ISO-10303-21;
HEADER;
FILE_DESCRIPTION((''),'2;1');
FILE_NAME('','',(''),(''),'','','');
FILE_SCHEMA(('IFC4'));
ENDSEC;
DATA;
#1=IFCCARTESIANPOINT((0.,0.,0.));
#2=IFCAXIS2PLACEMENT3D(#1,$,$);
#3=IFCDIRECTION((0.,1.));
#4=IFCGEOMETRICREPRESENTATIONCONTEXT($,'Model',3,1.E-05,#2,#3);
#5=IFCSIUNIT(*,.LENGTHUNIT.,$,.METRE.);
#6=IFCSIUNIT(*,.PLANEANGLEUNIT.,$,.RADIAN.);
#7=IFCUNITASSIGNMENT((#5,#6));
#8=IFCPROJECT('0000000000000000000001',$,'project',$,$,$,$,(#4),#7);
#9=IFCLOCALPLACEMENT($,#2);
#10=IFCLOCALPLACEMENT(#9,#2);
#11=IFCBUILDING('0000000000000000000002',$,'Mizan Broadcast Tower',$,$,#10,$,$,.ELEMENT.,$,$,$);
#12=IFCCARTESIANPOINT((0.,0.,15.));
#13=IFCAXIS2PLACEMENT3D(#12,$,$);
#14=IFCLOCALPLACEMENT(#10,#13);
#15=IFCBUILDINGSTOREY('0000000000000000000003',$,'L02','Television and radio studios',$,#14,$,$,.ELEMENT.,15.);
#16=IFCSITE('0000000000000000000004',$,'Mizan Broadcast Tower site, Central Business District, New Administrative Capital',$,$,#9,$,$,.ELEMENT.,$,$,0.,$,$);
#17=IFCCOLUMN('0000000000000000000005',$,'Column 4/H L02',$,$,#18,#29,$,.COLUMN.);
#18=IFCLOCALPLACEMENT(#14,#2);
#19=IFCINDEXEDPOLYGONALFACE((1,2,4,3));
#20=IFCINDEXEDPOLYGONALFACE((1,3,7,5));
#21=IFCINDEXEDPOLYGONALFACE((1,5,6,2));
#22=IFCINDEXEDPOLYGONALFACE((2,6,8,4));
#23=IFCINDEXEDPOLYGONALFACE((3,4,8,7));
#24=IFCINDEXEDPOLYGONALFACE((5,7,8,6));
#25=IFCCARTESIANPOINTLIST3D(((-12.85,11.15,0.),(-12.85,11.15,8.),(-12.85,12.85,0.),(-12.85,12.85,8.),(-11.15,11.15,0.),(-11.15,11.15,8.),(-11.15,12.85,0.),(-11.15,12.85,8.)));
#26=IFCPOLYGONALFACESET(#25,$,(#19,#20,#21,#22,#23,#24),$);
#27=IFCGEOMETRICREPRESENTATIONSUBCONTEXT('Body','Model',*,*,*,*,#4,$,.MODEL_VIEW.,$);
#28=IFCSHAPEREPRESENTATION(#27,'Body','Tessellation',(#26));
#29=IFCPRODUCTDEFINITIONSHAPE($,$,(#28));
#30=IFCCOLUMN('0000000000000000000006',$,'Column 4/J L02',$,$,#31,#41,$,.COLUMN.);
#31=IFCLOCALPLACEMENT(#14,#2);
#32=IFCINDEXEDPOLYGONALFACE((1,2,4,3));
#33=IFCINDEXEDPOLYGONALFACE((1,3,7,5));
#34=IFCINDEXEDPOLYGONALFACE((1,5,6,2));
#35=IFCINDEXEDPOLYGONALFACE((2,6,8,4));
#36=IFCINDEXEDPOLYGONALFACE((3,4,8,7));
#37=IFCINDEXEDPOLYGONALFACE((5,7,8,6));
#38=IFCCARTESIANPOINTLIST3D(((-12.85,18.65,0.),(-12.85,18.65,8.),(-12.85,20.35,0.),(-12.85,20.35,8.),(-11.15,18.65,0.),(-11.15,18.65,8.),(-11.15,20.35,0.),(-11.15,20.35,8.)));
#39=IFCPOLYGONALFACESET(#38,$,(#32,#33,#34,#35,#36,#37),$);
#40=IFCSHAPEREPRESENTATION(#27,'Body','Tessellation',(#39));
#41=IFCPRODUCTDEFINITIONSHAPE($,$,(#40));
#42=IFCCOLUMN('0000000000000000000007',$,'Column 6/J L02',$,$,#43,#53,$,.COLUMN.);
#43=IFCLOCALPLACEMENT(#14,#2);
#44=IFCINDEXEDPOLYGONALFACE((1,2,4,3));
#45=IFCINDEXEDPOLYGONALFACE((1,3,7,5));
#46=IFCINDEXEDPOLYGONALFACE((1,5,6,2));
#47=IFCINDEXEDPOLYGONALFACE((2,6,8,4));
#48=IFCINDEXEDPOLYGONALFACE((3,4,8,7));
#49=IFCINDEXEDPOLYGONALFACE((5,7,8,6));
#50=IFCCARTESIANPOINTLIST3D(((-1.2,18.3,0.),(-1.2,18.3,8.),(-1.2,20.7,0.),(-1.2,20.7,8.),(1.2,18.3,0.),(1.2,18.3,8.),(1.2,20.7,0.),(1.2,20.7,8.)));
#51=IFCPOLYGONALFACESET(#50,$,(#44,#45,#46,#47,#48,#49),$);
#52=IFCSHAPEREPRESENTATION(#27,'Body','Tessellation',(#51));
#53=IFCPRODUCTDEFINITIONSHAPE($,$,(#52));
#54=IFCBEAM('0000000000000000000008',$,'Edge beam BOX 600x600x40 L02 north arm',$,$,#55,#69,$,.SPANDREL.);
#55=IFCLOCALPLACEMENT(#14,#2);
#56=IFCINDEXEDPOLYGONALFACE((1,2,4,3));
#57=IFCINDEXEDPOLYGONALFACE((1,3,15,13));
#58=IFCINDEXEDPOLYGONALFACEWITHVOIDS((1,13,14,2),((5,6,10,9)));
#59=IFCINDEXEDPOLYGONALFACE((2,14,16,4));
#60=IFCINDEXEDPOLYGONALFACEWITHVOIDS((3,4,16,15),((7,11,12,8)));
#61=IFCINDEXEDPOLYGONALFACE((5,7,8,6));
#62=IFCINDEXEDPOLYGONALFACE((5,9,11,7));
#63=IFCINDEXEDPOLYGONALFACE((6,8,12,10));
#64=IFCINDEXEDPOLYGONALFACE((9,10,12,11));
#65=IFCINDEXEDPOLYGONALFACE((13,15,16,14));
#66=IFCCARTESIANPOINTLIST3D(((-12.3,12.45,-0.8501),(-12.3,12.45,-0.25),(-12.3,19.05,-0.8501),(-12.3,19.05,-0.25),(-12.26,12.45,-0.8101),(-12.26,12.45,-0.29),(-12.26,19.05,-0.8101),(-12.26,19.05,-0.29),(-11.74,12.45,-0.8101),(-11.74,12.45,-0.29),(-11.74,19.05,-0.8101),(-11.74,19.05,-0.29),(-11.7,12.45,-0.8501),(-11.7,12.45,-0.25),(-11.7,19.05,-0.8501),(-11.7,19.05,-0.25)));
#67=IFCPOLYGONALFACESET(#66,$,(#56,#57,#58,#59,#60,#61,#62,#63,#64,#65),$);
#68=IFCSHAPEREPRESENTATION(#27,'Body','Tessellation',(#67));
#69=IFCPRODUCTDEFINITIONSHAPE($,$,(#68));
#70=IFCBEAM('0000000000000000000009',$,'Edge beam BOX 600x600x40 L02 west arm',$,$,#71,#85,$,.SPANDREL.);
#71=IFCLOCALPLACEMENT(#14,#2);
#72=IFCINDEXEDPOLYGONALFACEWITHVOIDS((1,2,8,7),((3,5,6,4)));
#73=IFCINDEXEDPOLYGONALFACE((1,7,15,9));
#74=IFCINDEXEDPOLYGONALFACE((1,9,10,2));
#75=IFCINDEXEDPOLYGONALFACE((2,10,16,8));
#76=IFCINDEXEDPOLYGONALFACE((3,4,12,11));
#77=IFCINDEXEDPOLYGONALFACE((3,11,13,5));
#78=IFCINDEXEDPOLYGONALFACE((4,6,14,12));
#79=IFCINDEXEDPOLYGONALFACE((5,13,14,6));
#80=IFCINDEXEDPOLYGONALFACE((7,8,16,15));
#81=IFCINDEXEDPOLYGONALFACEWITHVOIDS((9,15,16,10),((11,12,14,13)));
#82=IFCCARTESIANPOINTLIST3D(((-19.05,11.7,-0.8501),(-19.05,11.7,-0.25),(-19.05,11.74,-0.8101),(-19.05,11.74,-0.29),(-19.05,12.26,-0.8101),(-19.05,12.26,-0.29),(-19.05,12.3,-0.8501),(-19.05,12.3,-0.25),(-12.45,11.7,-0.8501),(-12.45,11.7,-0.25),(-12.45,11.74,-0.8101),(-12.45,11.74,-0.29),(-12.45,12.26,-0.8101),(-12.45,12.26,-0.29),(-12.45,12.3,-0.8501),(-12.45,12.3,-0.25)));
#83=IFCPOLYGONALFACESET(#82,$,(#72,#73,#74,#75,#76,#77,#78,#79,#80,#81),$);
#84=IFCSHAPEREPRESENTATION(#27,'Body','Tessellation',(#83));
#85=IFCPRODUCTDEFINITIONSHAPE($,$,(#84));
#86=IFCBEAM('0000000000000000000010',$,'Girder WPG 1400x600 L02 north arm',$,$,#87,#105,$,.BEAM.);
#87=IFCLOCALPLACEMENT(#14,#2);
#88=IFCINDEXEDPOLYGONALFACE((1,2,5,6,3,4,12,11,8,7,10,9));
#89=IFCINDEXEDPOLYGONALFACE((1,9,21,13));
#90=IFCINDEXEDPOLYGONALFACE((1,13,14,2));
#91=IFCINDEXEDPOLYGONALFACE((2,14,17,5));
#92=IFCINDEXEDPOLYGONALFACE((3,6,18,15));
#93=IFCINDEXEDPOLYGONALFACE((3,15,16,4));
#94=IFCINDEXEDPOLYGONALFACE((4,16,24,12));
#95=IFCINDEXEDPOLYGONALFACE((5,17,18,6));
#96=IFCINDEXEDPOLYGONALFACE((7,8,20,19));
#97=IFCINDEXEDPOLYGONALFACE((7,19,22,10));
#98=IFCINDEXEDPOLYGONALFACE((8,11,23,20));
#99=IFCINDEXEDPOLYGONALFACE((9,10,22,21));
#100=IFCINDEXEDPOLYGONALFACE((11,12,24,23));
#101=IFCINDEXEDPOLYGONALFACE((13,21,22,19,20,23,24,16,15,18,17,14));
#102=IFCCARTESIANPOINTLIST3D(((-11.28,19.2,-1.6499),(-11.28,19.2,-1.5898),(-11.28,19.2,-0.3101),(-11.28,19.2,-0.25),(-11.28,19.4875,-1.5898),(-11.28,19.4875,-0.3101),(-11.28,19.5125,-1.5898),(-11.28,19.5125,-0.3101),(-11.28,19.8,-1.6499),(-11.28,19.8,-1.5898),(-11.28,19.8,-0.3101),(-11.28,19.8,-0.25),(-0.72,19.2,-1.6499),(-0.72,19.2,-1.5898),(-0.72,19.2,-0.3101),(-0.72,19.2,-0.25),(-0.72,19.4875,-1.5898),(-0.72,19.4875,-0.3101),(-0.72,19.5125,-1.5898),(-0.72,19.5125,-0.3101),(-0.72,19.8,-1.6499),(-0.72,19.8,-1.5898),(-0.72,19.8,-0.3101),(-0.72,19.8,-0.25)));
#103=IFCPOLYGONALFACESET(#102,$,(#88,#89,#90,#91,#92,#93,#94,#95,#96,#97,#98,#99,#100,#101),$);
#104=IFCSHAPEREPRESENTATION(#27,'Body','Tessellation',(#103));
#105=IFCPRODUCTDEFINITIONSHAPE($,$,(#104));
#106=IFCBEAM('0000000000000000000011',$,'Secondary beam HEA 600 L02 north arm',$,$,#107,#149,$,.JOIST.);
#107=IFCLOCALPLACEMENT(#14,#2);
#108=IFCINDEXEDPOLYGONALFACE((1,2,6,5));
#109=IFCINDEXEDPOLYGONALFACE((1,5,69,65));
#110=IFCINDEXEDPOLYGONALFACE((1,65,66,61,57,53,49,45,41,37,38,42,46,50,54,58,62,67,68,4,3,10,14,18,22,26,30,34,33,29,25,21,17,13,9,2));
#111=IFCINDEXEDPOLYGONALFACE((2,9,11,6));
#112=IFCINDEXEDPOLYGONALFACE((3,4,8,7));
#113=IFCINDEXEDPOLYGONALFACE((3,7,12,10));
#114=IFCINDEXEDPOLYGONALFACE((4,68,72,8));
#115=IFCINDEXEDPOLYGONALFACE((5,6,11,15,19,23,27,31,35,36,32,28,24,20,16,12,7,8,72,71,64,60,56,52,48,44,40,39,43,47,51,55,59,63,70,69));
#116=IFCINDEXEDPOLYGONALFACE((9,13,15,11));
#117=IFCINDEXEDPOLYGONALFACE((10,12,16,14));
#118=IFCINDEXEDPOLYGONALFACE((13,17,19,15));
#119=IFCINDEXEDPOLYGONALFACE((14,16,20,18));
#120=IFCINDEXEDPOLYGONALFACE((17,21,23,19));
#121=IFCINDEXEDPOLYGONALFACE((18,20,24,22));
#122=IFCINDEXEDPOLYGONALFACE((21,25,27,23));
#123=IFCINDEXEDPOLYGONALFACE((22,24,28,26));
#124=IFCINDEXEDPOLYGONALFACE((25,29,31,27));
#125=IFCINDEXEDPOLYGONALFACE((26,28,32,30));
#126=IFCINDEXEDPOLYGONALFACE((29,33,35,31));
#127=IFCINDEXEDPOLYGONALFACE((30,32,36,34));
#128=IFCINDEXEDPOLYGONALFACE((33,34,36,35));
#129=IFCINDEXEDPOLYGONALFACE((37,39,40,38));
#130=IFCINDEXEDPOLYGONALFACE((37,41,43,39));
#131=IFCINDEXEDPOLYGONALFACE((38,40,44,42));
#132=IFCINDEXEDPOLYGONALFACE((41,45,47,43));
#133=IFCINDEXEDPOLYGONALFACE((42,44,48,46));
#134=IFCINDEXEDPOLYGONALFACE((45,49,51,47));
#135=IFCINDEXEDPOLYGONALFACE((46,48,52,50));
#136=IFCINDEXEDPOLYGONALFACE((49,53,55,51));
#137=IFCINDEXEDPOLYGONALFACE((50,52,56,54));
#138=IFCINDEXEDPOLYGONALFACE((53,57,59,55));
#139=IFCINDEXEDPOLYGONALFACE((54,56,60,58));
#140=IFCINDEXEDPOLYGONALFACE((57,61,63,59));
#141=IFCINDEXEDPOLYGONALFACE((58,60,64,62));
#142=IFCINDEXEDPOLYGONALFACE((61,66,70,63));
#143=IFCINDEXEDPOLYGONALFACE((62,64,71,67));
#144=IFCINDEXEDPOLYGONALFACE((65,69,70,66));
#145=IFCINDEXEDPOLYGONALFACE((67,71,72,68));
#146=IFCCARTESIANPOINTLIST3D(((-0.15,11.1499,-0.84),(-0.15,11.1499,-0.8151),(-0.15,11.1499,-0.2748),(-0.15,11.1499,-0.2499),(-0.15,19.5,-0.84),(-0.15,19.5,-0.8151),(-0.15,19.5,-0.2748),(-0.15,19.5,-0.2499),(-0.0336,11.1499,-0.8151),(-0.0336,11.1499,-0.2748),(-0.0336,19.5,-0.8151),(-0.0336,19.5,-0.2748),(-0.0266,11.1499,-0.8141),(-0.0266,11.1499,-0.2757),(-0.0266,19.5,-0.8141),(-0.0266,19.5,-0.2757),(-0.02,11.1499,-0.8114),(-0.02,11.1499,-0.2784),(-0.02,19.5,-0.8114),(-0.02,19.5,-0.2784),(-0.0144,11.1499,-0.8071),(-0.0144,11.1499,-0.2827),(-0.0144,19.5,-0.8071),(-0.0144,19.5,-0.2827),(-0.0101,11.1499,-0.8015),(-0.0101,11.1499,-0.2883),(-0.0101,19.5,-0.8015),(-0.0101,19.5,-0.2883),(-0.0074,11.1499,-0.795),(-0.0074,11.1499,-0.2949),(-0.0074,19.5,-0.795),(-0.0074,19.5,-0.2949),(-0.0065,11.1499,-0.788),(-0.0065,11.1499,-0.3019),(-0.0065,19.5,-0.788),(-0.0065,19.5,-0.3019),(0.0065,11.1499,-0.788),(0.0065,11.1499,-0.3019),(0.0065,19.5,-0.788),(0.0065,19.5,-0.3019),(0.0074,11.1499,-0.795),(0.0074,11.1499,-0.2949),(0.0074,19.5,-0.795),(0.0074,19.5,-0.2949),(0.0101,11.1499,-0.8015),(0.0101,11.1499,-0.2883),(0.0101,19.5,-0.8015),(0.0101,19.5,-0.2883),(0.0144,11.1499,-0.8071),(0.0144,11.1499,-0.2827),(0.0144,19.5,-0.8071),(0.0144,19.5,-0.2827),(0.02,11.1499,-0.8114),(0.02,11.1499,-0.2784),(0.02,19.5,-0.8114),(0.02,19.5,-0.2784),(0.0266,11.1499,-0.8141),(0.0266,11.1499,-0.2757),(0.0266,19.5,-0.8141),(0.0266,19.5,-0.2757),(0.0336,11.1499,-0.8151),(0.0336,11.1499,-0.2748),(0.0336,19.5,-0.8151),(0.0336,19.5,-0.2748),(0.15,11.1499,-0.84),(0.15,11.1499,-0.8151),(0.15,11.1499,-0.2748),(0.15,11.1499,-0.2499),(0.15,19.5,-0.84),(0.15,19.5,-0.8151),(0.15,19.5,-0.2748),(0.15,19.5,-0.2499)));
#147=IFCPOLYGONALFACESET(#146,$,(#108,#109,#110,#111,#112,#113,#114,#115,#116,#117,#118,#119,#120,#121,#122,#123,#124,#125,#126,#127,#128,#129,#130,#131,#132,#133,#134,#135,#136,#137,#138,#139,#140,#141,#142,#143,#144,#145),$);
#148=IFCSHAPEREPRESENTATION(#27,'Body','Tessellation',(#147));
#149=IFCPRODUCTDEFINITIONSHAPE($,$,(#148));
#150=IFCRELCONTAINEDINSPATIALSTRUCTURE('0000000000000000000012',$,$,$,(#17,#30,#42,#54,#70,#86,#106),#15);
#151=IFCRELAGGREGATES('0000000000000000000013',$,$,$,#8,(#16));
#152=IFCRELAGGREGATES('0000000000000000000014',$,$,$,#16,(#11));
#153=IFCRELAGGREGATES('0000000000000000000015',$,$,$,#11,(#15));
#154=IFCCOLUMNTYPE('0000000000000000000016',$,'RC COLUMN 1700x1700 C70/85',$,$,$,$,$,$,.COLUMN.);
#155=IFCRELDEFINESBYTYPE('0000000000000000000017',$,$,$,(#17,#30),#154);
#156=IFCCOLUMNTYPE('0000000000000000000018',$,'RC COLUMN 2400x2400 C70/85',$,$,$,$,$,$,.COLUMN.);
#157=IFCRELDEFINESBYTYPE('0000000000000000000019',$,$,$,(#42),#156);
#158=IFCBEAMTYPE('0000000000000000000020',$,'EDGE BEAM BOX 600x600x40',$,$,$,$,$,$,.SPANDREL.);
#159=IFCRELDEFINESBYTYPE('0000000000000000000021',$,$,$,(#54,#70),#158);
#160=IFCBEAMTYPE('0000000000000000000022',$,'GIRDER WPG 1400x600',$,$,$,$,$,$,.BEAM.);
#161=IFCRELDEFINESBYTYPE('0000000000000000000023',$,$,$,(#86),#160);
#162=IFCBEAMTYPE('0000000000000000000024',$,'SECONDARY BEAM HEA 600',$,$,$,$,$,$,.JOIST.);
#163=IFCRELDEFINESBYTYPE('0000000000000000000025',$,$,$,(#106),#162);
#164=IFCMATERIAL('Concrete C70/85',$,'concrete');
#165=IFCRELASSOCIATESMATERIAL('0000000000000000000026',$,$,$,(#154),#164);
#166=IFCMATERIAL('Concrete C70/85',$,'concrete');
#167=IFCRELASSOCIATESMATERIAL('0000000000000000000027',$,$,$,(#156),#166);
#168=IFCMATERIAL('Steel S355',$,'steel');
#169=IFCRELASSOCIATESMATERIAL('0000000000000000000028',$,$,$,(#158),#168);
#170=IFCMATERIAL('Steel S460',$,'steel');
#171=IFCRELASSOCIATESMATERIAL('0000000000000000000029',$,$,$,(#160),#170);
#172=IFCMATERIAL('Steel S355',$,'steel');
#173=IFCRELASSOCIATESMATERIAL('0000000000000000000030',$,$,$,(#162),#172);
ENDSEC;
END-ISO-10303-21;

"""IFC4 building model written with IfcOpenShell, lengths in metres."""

from ifc_helpers import new_model, si_unit, direction, frame, origin, origin_2d, place, context, subcontext, project, spatial, rectangle, hollow_rectangle, i_section, extrude, material, material_profile, profile_set, type_object, element, save


model = new_model("IFC4")

# Units and contexts
model_context = context("Model", 3, precision=1e-05, world=origin(), true_north=direction((0.0, 1.0)))
body_context = subcontext(model_context, "Body", "Model", "MODEL_VIEW")
ifc_project = project(units=[si_unit("LENGTHUNIT", "METRE"), si_unit("PLANEANGLEUNIT", "RADIAN")], contexts=[model_context])

# Site, building, storey
site_placement = place(None, origin())
site = spatial("IfcSite", under=ifc_project, at=site_placement, Name="Mizan Broadcast Tower site, Central Business District, New Administrative Capital", CompositionType="ELEMENT", RefElevation=0.0)
building_placement = place(site_placement, origin())
building = spatial("IfcBuilding", under=site, at=building_placement, Name="Mizan Broadcast Tower", CompositionType="ELEMENT")
storey_placement = place(building_placement, frame((0.0, 0.0, 15.0)))
storey = spatial("IfcBuildingStorey", under=building, at=storey_placement, Name="L02", Description="Television and radio studios", CompositionType="ELEMENT", Elevation=15.0)

# Columns
ifc_material_1 = material(Name="Concrete C70/85", Category="concrete")
ifc_material_profile_1 = material_profile(ifc_material_1, rectangle(XDim=1.7, YDim=1.7, at=origin_2d()), Name="RC 1700x1700")
ifc_profile_set_1 = profile_set([ifc_material_profile_1], Name="Concrete C70/85")
column_type_1 = type_object("IfcColumnType", Name="RC COLUMN 1700x1700 C70/85", PredefinedType="COLUMN", material=ifc_profile_set_1)
for number, where, z_axis, x_axis, name in (
    (1, (-12.0, 12.0, 0.0), (0.0, 0.0, 1.0), (1.0, 0.0, 0.0), "Column 4/H L02"),
    (2, (-12.0, 19.5, 0.0), (0.0, 0.0, 1.0), (1.0, 0.0, 0.0), "Column 4/J L02"),
):
    element("IfcColumn", number, at=place(storey_placement, frame(where, z_axis=z_axis, x_axis=x_axis)), inside=storey, type_object=column_type_1, Name=name, PredefinedType="COLUMN", context=body_context, shape_type="SweptSolid", body=[
        extrude(rectangle(XDim=1.7, YDim=1.7, at=origin_2d()), origin(), (0.0, 0.0, 1.0), 8.0),
    ])
ifc_material_2 = material(Name="Concrete C70/85", Category="concrete")
ifc_material_profile_2 = material_profile(ifc_material_2, rectangle(XDim=2.3999, YDim=2.3999, at=origin_2d()), Name="RC 2400x2400")
ifc_profile_set_2 = profile_set([ifc_material_profile_2], Name="Concrete C70/85")
column_type_2 = type_object("IfcColumnType", Name="RC COLUMN 2400x2400 C70/85", PredefinedType="COLUMN", material=ifc_profile_set_2)
column_placement = place(storey_placement, frame((0.0, 19.5, 0.0), z_axis=(0.0, 0.0, 1.0), x_axis=(1.0, 0.0, 0.0)))
element("IfcColumn", 3, at=column_placement, inside=storey, type_object=column_type_2, Name="Column 6/J L02", PredefinedType="COLUMN", context=body_context, shape_type="SweptSolid", body=[
    extrude(rectangle(XDim=2.3999, YDim=2.3999, at=origin_2d()), origin(), (0.0, 0.0, 1.0), 8.0),
])

# Beams
ifc_material_3 = material(Name="Steel S355", Category="steel")
ifc_material_profile_3 = material_profile(ifc_material_3, hollow_rectangle(XDim=0.6001, YDim=0.6001, WallThickness=0.04, at=origin_2d()), Name="BOX 600x600x40")
ifc_profile_set_3 = profile_set([ifc_material_profile_3], Name="Steel S355")
beam_type_1 = type_object("IfcBeamType", Name="EDGE BEAM BOX 600x600x40", PredefinedType="SPANDREL", material=ifc_profile_set_3)
for number, where, z_axis, x_axis, name in (
    (4, (-12.0, 12.45, -0.55), (0.0, 1.0, 0.0), (-1.0, 0.0, 0.0), "Edge beam BOX 600x600x40 L02 north arm"),
    (5, (-12.45, 12.0, -0.55), (-1.0, 0.0, 0.0), (0.0, -1.0, 0.0), "Edge beam BOX 600x600x40 L02 west arm"),
):
    element("IfcBeam", number, at=place(storey_placement, frame(where, z_axis=z_axis, x_axis=x_axis)), inside=storey, type_object=beam_type_1, Name=name, PredefinedType="SPANDREL", context=body_context, shape_type="SweptSolid", body=[
        extrude(hollow_rectangle(XDim=0.6001, YDim=0.6001, WallThickness=0.04, at=origin_2d()), origin(), (0.0, 0.0, 1.0), 6.6001),
    ])
ifc_material_4 = material(Name="Steel S460", Category="steel")
ifc_material_profile_4 = material_profile(ifc_material_4, i_section(OverallWidth=0.6001, OverallDepth=1.3999, WebThickness=0.0249, FlangeThickness=0.0601, at=origin_2d()), Name="WPG 1400x600")
ifc_profile_set_4 = profile_set([ifc_material_profile_4], Name="Steel S460")
beam_type_2 = type_object("IfcBeamType", Name="GIRDER WPG 1400x600", PredefinedType="BEAM", material=ifc_profile_set_4)
beam_1_placement = place(storey_placement, frame((-0.72, 19.5, -0.95), z_axis=(-1.0, 0.0, 0.0), x_axis=(0.0, -1.0, 0.0)))
element("IfcBeam", 6, at=beam_1_placement, inside=storey, type_object=beam_type_2, Name="Girder WPG 1400x600 L02 north arm", PredefinedType="BEAM", context=body_context, shape_type="SweptSolid", body=[
    extrude(i_section(OverallWidth=0.6001, OverallDepth=1.3999, WebThickness=0.0249, FlangeThickness=0.0601, at=origin_2d()), origin(), (0.0, 0.0, 1.0), 10.5601),
])
ifc_material_5 = material(Name="Steel S355", Category="steel")
ifc_material_profile_5 = material_profile(ifc_material_5, i_section(OverallWidth=0.3, OverallDepth=0.5901, WebThickness=0.0129, FlangeThickness=0.0249, FilletRadius=0.0271, at=origin_2d()), Name="HEA 600")
ifc_profile_set_5 = profile_set([ifc_material_profile_5], Name="Steel S355")
beam_type_3 = type_object("IfcBeamType", Name="SECONDARY BEAM HEA 600", PredefinedType="JOIST", material=ifc_profile_set_5)
beam_2_placement = place(storey_placement, frame((0.0, 11.1499, -0.5449), z_axis=(0.0, 1.0, 0.0), x_axis=(-1.0, 0.0, 0.0)))
element("IfcBeam", 7, at=beam_2_placement, inside=storey, type_object=beam_type_3, Name="Secondary beam HEA 600 L02 north arm", PredefinedType="JOIST", context=body_context, shape_type="SweptSolid", body=[
    extrude(i_section(OverallWidth=0.3, OverallDepth=0.5901, WebThickness=0.0129, FlangeThickness=0.0249, FilletRadius=0.0271, at=origin_2d()), origin(), (0.0, 0.0, 1.0), 8.3501),
])

save(model, "model.ifc")
